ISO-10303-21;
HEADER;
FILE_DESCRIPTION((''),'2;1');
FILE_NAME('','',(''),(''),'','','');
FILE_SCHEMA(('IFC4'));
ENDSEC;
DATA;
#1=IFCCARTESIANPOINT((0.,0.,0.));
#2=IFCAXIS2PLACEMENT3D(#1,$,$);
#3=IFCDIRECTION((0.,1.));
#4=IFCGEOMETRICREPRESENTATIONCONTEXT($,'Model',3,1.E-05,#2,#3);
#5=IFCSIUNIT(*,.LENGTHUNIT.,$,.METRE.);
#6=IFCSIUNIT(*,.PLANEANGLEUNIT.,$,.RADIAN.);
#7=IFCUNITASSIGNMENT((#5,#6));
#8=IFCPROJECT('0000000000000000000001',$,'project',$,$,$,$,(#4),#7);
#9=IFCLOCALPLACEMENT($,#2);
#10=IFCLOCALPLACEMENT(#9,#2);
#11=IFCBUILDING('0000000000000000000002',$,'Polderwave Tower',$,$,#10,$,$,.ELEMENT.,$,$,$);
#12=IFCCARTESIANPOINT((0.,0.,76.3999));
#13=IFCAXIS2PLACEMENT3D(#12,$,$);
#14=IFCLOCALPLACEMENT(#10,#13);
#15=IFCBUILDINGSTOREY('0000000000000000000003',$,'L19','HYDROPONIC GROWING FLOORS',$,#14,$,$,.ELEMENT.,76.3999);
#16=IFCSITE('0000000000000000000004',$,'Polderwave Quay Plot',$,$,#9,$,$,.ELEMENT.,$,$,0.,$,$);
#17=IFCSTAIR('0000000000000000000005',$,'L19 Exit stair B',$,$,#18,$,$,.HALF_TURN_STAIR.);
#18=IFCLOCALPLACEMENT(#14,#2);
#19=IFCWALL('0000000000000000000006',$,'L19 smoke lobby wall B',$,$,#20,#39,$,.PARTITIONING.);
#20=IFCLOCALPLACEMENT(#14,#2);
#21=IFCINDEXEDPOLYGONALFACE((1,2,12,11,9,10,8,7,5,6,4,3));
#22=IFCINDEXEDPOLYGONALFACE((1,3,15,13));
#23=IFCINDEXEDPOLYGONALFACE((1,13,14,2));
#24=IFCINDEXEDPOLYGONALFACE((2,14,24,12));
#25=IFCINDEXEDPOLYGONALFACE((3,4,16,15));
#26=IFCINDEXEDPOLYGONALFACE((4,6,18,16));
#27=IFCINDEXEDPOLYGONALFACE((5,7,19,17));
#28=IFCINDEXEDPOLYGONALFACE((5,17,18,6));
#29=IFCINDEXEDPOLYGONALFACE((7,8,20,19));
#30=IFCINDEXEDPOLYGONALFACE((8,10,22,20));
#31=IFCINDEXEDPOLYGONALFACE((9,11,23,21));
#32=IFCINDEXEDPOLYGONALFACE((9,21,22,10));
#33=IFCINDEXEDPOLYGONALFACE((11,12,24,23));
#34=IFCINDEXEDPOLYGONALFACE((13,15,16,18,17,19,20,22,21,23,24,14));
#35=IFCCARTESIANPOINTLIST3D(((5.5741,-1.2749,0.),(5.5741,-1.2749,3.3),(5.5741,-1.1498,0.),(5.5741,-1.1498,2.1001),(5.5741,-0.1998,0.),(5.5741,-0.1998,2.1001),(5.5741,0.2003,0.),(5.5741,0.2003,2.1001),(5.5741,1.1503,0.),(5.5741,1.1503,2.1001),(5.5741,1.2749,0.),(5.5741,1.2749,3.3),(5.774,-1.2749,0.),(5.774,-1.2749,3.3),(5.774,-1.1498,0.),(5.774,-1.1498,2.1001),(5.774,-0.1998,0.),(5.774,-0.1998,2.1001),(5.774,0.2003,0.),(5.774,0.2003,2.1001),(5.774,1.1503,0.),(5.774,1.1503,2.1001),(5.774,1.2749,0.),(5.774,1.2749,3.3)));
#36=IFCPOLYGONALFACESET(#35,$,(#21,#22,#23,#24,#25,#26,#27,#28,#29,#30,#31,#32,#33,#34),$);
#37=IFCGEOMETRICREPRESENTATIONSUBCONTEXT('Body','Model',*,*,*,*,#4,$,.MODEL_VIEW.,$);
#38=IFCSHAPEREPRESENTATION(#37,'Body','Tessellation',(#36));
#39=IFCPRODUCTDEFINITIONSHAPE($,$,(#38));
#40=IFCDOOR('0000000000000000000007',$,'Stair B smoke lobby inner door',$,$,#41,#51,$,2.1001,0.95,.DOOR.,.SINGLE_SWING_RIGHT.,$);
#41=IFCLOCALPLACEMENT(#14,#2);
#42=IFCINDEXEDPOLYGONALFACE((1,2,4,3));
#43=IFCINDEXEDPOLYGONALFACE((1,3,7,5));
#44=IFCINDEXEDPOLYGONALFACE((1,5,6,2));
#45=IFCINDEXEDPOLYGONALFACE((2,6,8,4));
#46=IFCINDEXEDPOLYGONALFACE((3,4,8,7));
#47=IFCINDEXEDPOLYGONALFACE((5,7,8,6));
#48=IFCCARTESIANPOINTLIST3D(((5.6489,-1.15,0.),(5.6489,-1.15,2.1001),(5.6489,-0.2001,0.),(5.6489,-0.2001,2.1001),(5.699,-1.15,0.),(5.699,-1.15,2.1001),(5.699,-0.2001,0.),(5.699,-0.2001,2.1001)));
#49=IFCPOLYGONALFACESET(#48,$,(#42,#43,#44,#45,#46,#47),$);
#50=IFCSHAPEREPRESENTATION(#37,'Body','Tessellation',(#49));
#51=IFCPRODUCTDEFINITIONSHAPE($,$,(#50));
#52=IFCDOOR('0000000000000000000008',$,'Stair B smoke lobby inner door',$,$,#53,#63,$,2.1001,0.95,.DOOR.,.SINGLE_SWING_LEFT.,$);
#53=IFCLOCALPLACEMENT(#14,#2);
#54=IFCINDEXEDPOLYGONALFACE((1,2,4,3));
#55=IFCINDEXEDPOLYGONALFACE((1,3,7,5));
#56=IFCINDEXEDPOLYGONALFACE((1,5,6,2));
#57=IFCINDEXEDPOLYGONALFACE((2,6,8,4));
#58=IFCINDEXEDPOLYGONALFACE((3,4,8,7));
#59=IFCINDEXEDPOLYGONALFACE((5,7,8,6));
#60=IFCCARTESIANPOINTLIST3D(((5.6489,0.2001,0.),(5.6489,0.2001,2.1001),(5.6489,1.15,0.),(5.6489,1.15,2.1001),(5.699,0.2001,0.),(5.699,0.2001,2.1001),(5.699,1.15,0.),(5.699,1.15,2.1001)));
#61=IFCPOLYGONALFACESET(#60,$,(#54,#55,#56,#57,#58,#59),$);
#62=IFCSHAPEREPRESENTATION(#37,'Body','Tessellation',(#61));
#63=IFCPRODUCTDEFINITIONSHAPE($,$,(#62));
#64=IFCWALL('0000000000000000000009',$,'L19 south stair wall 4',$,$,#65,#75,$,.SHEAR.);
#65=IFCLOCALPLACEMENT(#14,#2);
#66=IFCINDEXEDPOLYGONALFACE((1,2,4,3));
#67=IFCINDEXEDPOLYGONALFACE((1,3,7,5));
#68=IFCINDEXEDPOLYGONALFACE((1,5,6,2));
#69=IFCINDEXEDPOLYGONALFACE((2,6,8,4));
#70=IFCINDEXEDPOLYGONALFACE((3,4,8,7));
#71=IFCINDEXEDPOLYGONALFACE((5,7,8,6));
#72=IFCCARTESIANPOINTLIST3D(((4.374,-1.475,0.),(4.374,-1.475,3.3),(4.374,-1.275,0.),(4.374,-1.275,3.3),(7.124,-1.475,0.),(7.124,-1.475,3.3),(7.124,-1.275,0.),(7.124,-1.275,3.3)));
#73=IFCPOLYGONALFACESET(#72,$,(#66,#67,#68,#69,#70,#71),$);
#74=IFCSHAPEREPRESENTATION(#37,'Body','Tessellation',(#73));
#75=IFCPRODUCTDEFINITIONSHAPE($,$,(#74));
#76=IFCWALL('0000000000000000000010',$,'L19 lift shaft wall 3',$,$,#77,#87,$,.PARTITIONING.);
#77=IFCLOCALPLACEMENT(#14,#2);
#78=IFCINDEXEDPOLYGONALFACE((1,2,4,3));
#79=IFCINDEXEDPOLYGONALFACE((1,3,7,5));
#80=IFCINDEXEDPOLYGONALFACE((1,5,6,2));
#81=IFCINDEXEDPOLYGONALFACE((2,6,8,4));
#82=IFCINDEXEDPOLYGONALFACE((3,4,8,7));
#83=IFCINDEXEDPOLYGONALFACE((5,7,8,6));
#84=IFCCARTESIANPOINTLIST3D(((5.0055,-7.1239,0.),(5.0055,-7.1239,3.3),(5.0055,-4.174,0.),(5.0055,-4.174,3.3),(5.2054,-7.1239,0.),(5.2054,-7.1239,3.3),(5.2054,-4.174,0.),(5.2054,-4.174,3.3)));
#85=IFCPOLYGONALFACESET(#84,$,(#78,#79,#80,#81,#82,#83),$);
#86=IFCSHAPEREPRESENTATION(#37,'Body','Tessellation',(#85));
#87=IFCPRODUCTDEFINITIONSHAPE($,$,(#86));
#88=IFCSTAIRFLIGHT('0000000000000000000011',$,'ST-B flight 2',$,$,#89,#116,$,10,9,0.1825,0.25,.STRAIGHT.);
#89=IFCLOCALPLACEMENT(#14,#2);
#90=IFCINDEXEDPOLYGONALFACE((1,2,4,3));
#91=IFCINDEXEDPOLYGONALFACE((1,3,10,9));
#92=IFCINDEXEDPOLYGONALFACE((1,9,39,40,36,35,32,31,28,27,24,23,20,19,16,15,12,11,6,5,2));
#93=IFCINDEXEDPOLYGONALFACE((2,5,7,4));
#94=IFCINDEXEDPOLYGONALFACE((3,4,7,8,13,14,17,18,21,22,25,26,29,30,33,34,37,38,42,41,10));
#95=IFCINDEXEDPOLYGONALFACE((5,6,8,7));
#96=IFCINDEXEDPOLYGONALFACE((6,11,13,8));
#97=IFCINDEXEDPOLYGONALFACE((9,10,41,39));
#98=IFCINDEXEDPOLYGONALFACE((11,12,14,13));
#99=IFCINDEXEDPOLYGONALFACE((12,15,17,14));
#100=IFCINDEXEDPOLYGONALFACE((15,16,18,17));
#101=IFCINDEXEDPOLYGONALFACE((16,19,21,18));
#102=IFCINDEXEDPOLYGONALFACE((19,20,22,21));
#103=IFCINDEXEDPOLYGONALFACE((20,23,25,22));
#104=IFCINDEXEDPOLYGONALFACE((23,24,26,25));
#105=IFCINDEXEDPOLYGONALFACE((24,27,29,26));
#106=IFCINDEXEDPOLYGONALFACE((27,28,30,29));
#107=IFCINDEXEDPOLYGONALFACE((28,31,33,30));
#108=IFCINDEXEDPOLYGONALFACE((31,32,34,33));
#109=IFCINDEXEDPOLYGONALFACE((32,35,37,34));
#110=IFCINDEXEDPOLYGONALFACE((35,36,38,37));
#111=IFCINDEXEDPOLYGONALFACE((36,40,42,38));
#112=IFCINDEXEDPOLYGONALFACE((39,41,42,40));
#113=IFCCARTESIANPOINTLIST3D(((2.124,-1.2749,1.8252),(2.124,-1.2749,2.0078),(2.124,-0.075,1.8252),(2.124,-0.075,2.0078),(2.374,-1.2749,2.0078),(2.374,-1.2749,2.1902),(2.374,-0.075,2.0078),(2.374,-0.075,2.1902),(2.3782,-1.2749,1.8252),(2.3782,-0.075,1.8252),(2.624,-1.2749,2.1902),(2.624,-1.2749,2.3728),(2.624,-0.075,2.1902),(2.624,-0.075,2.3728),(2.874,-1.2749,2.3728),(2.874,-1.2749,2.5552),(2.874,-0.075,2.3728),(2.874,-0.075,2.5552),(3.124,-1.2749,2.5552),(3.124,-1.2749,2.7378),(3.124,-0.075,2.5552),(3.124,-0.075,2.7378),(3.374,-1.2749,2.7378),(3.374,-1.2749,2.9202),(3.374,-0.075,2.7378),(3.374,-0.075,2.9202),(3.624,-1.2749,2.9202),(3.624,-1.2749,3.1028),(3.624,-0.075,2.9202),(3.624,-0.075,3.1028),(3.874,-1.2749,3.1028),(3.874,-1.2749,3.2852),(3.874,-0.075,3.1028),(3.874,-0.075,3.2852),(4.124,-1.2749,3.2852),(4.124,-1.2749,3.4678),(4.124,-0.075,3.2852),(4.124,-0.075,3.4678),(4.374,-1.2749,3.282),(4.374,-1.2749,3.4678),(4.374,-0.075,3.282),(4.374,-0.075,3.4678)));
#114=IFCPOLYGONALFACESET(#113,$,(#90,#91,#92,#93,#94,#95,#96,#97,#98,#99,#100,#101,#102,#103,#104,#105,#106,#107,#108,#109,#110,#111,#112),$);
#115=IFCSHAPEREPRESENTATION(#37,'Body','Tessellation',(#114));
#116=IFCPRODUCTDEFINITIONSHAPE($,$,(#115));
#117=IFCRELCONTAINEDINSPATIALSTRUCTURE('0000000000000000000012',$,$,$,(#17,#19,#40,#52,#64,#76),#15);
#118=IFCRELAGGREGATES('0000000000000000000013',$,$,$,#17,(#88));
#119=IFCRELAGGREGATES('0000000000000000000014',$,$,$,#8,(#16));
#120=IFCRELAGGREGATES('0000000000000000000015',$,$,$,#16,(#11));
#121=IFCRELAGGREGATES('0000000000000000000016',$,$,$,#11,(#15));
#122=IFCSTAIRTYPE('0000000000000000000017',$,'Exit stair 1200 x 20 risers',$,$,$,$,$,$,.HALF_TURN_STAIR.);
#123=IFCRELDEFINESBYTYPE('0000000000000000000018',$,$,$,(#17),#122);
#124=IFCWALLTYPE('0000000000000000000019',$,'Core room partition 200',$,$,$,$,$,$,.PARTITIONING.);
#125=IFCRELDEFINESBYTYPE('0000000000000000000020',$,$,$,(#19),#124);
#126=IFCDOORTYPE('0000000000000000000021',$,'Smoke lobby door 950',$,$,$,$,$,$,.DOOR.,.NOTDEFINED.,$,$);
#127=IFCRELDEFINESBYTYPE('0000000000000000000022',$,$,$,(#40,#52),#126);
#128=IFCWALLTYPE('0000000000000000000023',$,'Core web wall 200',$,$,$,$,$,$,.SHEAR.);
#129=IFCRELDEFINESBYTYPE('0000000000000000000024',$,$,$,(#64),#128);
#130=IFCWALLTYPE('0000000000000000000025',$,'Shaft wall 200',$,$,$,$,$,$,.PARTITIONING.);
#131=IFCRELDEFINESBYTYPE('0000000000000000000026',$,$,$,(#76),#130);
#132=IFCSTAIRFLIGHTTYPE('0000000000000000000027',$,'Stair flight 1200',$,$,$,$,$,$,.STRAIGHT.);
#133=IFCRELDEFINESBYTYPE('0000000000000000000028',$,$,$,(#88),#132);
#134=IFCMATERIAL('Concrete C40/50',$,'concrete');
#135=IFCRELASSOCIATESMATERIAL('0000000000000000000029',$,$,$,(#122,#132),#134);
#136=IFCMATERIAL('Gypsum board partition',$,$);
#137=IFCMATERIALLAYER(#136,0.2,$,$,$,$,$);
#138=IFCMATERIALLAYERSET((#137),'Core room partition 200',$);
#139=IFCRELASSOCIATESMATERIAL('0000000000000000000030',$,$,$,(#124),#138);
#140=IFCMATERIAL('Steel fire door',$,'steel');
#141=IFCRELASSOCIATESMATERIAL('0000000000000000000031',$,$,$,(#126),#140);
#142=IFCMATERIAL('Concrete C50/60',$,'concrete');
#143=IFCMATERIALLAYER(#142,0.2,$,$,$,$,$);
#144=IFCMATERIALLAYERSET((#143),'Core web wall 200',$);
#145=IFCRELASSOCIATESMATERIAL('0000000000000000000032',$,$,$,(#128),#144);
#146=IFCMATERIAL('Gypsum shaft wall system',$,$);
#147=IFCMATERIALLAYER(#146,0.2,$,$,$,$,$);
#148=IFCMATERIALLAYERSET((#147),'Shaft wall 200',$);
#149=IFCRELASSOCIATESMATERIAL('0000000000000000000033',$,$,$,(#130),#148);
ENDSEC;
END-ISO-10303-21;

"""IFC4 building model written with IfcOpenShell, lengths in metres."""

from ifc_helpers import new_model, si_unit, direction, frame, frame_2d, origin, place, context, subcontext, project, spatial, polyline, rectangle, outline, extrude, material, layer, layer_set, type_object, element, fill, aggregate, save


model = new_model("IFC4")

# Units and contexts
model_context = context("Model", 3, precision=1e-05, world=origin(), true_north=direction((0.0, 1.0)))
body_context = subcontext(model_context, "Body", "Model", "MODEL_VIEW")
ifc_project = project(units=[si_unit("LENGTHUNIT", "METRE"), si_unit("PLANEANGLEUNIT", "RADIAN")], contexts=[model_context])

# Site, building, storey
site_placement = place(None, origin())
site = spatial("IfcSite", under=ifc_project, at=site_placement, Name="Polderwave Quay Plot", CompositionType="ELEMENT", RefElevation=0.0)
building_placement = place(site_placement, origin())
building = spatial("IfcBuilding", under=site, at=building_placement, Name="Polderwave Tower", CompositionType="ELEMENT")
storey_placement = place(building_placement, frame((0.0, 0.0, 76.3999)))
storey = spatial("IfcBuildingStorey", under=building, at=storey_placement, Name="L19", Description="HYDROPONIC GROWING FLOORS", CompositionType="ELEMENT", Elevation=76.3999)

# Shared definitions
ifc_material_1 = material(Name="Concrete C40/50", Category="concrete")

# Stair
stair_type = type_object("IfcStairType", Name="Exit stair 1200 x 20 risers", PredefinedType="HALF_TURN_STAIR", material=ifc_material_1)
stair_1_placement = place(storey_placement, origin())
stair_1 = element("IfcStair", 1, at=stair_1_placement, inside=storey, type_object=stair_type, Name="L19 Exit stair B", PredefinedType="HALF_TURN_STAIR")

# Wall, openings, doors
ifc_material_2 = material(Name="Steel fire door", Category="steel")
ifc_material_3 = material(Name="Gypsum board partition")
ifc_layer_1 = layer(ifc_material_3, 0.2)
ifc_layer_set_1 = layer_set([ifc_layer_1], Name="Core room partition 200")
wall_type_1 = type_object("IfcWallType", Name="Core room partition 200", PredefinedType="PARTITIONING", material=ifc_layer_set_1)
wall_1_placement = place(storey_placement, frame((5.6741, -1.2749, 0.0), z_axis=(0.0, 0.0, 1.0), x_axis=(0.0, 1.0, 0.0)))
wall_1 = element("IfcWall", 2, at=wall_1_placement, inside=storey, type_object=wall_type_1, Name="L19 smoke lobby wall B", PredefinedType="PARTITIONING", context=body_context, shape_type="SweptSolid", body=[
    extrude(rectangle(XDim=2.5498, YDim=0.2, at=frame_2d((1.2749, 0.0))), origin(), (0.0, 0.0, 1.0), 3.3),
])
opening_1_placement = place(wall_1_placement, frame((0.125, 0.0, 0.0)))
opening_1 = element("IfcOpeningElement", 3, at=opening_1_placement, cuts=wall_1, PredefinedType="OPENING", context=body_context, shape_type="SweptSolid", body=[
    extrude(rectangle(XDim=0.95, YDim=2.1001, at=frame_2d((0.4751, 1.05))), frame((0.0, 0.1099, 0.0), z_axis=(0.0, -1.0, 0.0), x_axis=(1.0, 0.0, 0.0)), (0.0, 0.0, 1.0), 0.22),
])
opening_2_placement = place(wall_1_placement, frame((1.4751, 0.0, 0.0)))
opening_2 = element("IfcOpeningElement", 4, at=opening_2_placement, cuts=wall_1, PredefinedType="OPENING", context=body_context, shape_type="SweptSolid", body=[
    extrude(rectangle(XDim=0.95, YDim=2.1001, at=frame_2d((0.4751, 1.05))), frame((0.0, 0.1099, 0.0), z_axis=(0.0, -1.0, 0.0), x_axis=(1.0, 0.0, 0.0)), (0.0, 0.0, 1.0), 0.22),
])
door_type_1 = type_object("IfcDoorType", Name="Smoke lobby door 950", OperationType="NOTDEFINED", PredefinedType="DOOR", material=ifc_material_2)
door_1_placement = place(opening_1_placement, frame((0.95, 0.0, 0.0), z_axis=(0.0, 0.0, 1.0), x_axis=(-1.0, 0.0, 0.0)))
door_1 = element("IfcDoor", 5, at=door_1_placement, inside=storey, type_object=door_type_1, Name="Stair B smoke lobby inner door", OperationType="SINGLE_SWING_RIGHT", OverallHeight=2.1001, OverallWidth=0.95, PredefinedType="DOOR", context=body_context, shape_type="SweptSolid", body=[
    extrude(rectangle(XDim=0.95, YDim=2.1001, at=frame_2d((0.4751, 1.05))), frame((0.0, 0.0249, 0.0), z_axis=(0.0, -1.0, 0.0), x_axis=(1.0, 0.0, 0.0)), (0.0, 0.0, 1.0), 0.05),
])
fill(opening_1, door_1)
door_2_placement = place(opening_2_placement, frame((0.95, 0.0, 0.0), z_axis=(0.0, 0.0, 1.0), x_axis=(-1.0, 0.0, 0.0)))
door_2 = element("IfcDoor", 6, at=door_2_placement, inside=storey, type_object=door_type_1, Name="Stair B smoke lobby inner door", OperationType="SINGLE_SWING_LEFT", OverallHeight=2.1001, OverallWidth=0.95, PredefinedType="DOOR", context=body_context, shape_type="SweptSolid", body=[
    extrude(rectangle(XDim=0.95, YDim=2.1001, at=frame_2d((0.4751, 1.05))), frame((0.0, 0.0249, 0.0), z_axis=(0.0, -1.0, 0.0), x_axis=(1.0, 0.0, 0.0)), (0.0, 0.0, 1.0), 0.05),
])
fill(opening_2, door_2)

# Walls
ifc_material_4 = material(Name="Concrete C50/60", Category="concrete")
ifc_layer_2 = layer(ifc_material_4, 0.2)
ifc_layer_set_2 = layer_set([ifc_layer_2], Name="Core web wall 200")
wall_type_2 = type_object("IfcWallType", Name="Core web wall 200", PredefinedType="SHEAR", material=ifc_layer_set_2)
wall_2_placement = place(storey_placement, frame((4.374, -1.375, 0.0), z_axis=(0.0, 0.0, 1.0), x_axis=(1.0, 0.0, 0.0)))
element("IfcWall", 7, at=wall_2_placement, inside=storey, type_object=wall_type_2, Name="L19 south stair wall 4", PredefinedType="SHEAR", context=body_context, shape_type="SweptSolid", body=[
    extrude(rectangle(XDim=2.75, YDim=0.2, at=frame_2d((1.375, 0.0))), origin(), (0.0, 0.0, 1.0), 3.3),
])
ifc_material_5 = material(Name="Gypsum shaft wall system")
ifc_layer_3 = layer(ifc_material_5, 0.2)
ifc_layer_set_3 = layer_set([ifc_layer_3], Name="Shaft wall 200")
wall_type_3 = type_object("IfcWallType", Name="Shaft wall 200", PredefinedType="PARTITIONING", material=ifc_layer_set_3)
wall_3_placement = place(storey_placement, frame((5.1055, -7.124, 0.0), z_axis=(0.0, 0.0, 1.0), x_axis=(0.0, 1.0, 0.0)))
element("IfcWall", 8, at=wall_3_placement, inside=storey, type_object=wall_type_3, Name="L19 lift shaft wall 3", PredefinedType="PARTITIONING", context=body_context, shape_type="SweptSolid", body=[
    extrude(rectangle(XDim=2.95, YDim=0.2, at=frame_2d((1.4751, 0.0))), origin(), (0.0, 0.0, 1.0), 3.3),
])

# Stair flight
stair_flight_type = type_object("IfcStairFlightType", Name="Stair flight 1200", PredefinedType="STRAIGHT", material=ifc_material_1)
stair_flight_placement = place(storey_placement, frame((2.124, -0.675, 1.8252), z_axis=(0.0, 0.0, 1.0), x_axis=(1.0, 0.0, 0.0)))
stair_flight = element("IfcStairFlight", 9, at=stair_flight_placement, type_object=stair_flight_type, Name="ST-B flight 2", NumberOfRisers=10, NumberOfTreads=9, PredefinedType="STRAIGHT", RiserHeight=0.1825, TreadLength=0.25, context=body_context, shape_type="SweptSolid", body=[
    extrude(outline(polyline([(0.0, 0.0), (0.0, 0.1826), (0.25, 0.1826), (0.25, 0.365), (0.5, 0.365), (0.5, 0.5476), (0.75, 0.5476), (0.75, 0.73), (1.0, 0.73), (1.0, 0.9126), (1.25, 0.9126), (1.25, 1.095), (1.5, 1.095), (1.5, 1.2776), (1.75, 1.2776), (1.75, 1.46), (2.0, 1.46), (2.0, 1.6426), (2.25, 1.6426), (2.25, 1.825), (2.25, 1.4568), (0.2542, 0.0), (0.0, 0.0)])), frame((0.0, 0.6001, 0.0), z_axis=(0.0, -1.0, 0.0), x_axis=(1.0, 0.0, 0.0)), (0.0, 0.0, 1.0), 1.2),
])
aggregate(stair_1, [stair_flight])

save(model, "model.ifc")
